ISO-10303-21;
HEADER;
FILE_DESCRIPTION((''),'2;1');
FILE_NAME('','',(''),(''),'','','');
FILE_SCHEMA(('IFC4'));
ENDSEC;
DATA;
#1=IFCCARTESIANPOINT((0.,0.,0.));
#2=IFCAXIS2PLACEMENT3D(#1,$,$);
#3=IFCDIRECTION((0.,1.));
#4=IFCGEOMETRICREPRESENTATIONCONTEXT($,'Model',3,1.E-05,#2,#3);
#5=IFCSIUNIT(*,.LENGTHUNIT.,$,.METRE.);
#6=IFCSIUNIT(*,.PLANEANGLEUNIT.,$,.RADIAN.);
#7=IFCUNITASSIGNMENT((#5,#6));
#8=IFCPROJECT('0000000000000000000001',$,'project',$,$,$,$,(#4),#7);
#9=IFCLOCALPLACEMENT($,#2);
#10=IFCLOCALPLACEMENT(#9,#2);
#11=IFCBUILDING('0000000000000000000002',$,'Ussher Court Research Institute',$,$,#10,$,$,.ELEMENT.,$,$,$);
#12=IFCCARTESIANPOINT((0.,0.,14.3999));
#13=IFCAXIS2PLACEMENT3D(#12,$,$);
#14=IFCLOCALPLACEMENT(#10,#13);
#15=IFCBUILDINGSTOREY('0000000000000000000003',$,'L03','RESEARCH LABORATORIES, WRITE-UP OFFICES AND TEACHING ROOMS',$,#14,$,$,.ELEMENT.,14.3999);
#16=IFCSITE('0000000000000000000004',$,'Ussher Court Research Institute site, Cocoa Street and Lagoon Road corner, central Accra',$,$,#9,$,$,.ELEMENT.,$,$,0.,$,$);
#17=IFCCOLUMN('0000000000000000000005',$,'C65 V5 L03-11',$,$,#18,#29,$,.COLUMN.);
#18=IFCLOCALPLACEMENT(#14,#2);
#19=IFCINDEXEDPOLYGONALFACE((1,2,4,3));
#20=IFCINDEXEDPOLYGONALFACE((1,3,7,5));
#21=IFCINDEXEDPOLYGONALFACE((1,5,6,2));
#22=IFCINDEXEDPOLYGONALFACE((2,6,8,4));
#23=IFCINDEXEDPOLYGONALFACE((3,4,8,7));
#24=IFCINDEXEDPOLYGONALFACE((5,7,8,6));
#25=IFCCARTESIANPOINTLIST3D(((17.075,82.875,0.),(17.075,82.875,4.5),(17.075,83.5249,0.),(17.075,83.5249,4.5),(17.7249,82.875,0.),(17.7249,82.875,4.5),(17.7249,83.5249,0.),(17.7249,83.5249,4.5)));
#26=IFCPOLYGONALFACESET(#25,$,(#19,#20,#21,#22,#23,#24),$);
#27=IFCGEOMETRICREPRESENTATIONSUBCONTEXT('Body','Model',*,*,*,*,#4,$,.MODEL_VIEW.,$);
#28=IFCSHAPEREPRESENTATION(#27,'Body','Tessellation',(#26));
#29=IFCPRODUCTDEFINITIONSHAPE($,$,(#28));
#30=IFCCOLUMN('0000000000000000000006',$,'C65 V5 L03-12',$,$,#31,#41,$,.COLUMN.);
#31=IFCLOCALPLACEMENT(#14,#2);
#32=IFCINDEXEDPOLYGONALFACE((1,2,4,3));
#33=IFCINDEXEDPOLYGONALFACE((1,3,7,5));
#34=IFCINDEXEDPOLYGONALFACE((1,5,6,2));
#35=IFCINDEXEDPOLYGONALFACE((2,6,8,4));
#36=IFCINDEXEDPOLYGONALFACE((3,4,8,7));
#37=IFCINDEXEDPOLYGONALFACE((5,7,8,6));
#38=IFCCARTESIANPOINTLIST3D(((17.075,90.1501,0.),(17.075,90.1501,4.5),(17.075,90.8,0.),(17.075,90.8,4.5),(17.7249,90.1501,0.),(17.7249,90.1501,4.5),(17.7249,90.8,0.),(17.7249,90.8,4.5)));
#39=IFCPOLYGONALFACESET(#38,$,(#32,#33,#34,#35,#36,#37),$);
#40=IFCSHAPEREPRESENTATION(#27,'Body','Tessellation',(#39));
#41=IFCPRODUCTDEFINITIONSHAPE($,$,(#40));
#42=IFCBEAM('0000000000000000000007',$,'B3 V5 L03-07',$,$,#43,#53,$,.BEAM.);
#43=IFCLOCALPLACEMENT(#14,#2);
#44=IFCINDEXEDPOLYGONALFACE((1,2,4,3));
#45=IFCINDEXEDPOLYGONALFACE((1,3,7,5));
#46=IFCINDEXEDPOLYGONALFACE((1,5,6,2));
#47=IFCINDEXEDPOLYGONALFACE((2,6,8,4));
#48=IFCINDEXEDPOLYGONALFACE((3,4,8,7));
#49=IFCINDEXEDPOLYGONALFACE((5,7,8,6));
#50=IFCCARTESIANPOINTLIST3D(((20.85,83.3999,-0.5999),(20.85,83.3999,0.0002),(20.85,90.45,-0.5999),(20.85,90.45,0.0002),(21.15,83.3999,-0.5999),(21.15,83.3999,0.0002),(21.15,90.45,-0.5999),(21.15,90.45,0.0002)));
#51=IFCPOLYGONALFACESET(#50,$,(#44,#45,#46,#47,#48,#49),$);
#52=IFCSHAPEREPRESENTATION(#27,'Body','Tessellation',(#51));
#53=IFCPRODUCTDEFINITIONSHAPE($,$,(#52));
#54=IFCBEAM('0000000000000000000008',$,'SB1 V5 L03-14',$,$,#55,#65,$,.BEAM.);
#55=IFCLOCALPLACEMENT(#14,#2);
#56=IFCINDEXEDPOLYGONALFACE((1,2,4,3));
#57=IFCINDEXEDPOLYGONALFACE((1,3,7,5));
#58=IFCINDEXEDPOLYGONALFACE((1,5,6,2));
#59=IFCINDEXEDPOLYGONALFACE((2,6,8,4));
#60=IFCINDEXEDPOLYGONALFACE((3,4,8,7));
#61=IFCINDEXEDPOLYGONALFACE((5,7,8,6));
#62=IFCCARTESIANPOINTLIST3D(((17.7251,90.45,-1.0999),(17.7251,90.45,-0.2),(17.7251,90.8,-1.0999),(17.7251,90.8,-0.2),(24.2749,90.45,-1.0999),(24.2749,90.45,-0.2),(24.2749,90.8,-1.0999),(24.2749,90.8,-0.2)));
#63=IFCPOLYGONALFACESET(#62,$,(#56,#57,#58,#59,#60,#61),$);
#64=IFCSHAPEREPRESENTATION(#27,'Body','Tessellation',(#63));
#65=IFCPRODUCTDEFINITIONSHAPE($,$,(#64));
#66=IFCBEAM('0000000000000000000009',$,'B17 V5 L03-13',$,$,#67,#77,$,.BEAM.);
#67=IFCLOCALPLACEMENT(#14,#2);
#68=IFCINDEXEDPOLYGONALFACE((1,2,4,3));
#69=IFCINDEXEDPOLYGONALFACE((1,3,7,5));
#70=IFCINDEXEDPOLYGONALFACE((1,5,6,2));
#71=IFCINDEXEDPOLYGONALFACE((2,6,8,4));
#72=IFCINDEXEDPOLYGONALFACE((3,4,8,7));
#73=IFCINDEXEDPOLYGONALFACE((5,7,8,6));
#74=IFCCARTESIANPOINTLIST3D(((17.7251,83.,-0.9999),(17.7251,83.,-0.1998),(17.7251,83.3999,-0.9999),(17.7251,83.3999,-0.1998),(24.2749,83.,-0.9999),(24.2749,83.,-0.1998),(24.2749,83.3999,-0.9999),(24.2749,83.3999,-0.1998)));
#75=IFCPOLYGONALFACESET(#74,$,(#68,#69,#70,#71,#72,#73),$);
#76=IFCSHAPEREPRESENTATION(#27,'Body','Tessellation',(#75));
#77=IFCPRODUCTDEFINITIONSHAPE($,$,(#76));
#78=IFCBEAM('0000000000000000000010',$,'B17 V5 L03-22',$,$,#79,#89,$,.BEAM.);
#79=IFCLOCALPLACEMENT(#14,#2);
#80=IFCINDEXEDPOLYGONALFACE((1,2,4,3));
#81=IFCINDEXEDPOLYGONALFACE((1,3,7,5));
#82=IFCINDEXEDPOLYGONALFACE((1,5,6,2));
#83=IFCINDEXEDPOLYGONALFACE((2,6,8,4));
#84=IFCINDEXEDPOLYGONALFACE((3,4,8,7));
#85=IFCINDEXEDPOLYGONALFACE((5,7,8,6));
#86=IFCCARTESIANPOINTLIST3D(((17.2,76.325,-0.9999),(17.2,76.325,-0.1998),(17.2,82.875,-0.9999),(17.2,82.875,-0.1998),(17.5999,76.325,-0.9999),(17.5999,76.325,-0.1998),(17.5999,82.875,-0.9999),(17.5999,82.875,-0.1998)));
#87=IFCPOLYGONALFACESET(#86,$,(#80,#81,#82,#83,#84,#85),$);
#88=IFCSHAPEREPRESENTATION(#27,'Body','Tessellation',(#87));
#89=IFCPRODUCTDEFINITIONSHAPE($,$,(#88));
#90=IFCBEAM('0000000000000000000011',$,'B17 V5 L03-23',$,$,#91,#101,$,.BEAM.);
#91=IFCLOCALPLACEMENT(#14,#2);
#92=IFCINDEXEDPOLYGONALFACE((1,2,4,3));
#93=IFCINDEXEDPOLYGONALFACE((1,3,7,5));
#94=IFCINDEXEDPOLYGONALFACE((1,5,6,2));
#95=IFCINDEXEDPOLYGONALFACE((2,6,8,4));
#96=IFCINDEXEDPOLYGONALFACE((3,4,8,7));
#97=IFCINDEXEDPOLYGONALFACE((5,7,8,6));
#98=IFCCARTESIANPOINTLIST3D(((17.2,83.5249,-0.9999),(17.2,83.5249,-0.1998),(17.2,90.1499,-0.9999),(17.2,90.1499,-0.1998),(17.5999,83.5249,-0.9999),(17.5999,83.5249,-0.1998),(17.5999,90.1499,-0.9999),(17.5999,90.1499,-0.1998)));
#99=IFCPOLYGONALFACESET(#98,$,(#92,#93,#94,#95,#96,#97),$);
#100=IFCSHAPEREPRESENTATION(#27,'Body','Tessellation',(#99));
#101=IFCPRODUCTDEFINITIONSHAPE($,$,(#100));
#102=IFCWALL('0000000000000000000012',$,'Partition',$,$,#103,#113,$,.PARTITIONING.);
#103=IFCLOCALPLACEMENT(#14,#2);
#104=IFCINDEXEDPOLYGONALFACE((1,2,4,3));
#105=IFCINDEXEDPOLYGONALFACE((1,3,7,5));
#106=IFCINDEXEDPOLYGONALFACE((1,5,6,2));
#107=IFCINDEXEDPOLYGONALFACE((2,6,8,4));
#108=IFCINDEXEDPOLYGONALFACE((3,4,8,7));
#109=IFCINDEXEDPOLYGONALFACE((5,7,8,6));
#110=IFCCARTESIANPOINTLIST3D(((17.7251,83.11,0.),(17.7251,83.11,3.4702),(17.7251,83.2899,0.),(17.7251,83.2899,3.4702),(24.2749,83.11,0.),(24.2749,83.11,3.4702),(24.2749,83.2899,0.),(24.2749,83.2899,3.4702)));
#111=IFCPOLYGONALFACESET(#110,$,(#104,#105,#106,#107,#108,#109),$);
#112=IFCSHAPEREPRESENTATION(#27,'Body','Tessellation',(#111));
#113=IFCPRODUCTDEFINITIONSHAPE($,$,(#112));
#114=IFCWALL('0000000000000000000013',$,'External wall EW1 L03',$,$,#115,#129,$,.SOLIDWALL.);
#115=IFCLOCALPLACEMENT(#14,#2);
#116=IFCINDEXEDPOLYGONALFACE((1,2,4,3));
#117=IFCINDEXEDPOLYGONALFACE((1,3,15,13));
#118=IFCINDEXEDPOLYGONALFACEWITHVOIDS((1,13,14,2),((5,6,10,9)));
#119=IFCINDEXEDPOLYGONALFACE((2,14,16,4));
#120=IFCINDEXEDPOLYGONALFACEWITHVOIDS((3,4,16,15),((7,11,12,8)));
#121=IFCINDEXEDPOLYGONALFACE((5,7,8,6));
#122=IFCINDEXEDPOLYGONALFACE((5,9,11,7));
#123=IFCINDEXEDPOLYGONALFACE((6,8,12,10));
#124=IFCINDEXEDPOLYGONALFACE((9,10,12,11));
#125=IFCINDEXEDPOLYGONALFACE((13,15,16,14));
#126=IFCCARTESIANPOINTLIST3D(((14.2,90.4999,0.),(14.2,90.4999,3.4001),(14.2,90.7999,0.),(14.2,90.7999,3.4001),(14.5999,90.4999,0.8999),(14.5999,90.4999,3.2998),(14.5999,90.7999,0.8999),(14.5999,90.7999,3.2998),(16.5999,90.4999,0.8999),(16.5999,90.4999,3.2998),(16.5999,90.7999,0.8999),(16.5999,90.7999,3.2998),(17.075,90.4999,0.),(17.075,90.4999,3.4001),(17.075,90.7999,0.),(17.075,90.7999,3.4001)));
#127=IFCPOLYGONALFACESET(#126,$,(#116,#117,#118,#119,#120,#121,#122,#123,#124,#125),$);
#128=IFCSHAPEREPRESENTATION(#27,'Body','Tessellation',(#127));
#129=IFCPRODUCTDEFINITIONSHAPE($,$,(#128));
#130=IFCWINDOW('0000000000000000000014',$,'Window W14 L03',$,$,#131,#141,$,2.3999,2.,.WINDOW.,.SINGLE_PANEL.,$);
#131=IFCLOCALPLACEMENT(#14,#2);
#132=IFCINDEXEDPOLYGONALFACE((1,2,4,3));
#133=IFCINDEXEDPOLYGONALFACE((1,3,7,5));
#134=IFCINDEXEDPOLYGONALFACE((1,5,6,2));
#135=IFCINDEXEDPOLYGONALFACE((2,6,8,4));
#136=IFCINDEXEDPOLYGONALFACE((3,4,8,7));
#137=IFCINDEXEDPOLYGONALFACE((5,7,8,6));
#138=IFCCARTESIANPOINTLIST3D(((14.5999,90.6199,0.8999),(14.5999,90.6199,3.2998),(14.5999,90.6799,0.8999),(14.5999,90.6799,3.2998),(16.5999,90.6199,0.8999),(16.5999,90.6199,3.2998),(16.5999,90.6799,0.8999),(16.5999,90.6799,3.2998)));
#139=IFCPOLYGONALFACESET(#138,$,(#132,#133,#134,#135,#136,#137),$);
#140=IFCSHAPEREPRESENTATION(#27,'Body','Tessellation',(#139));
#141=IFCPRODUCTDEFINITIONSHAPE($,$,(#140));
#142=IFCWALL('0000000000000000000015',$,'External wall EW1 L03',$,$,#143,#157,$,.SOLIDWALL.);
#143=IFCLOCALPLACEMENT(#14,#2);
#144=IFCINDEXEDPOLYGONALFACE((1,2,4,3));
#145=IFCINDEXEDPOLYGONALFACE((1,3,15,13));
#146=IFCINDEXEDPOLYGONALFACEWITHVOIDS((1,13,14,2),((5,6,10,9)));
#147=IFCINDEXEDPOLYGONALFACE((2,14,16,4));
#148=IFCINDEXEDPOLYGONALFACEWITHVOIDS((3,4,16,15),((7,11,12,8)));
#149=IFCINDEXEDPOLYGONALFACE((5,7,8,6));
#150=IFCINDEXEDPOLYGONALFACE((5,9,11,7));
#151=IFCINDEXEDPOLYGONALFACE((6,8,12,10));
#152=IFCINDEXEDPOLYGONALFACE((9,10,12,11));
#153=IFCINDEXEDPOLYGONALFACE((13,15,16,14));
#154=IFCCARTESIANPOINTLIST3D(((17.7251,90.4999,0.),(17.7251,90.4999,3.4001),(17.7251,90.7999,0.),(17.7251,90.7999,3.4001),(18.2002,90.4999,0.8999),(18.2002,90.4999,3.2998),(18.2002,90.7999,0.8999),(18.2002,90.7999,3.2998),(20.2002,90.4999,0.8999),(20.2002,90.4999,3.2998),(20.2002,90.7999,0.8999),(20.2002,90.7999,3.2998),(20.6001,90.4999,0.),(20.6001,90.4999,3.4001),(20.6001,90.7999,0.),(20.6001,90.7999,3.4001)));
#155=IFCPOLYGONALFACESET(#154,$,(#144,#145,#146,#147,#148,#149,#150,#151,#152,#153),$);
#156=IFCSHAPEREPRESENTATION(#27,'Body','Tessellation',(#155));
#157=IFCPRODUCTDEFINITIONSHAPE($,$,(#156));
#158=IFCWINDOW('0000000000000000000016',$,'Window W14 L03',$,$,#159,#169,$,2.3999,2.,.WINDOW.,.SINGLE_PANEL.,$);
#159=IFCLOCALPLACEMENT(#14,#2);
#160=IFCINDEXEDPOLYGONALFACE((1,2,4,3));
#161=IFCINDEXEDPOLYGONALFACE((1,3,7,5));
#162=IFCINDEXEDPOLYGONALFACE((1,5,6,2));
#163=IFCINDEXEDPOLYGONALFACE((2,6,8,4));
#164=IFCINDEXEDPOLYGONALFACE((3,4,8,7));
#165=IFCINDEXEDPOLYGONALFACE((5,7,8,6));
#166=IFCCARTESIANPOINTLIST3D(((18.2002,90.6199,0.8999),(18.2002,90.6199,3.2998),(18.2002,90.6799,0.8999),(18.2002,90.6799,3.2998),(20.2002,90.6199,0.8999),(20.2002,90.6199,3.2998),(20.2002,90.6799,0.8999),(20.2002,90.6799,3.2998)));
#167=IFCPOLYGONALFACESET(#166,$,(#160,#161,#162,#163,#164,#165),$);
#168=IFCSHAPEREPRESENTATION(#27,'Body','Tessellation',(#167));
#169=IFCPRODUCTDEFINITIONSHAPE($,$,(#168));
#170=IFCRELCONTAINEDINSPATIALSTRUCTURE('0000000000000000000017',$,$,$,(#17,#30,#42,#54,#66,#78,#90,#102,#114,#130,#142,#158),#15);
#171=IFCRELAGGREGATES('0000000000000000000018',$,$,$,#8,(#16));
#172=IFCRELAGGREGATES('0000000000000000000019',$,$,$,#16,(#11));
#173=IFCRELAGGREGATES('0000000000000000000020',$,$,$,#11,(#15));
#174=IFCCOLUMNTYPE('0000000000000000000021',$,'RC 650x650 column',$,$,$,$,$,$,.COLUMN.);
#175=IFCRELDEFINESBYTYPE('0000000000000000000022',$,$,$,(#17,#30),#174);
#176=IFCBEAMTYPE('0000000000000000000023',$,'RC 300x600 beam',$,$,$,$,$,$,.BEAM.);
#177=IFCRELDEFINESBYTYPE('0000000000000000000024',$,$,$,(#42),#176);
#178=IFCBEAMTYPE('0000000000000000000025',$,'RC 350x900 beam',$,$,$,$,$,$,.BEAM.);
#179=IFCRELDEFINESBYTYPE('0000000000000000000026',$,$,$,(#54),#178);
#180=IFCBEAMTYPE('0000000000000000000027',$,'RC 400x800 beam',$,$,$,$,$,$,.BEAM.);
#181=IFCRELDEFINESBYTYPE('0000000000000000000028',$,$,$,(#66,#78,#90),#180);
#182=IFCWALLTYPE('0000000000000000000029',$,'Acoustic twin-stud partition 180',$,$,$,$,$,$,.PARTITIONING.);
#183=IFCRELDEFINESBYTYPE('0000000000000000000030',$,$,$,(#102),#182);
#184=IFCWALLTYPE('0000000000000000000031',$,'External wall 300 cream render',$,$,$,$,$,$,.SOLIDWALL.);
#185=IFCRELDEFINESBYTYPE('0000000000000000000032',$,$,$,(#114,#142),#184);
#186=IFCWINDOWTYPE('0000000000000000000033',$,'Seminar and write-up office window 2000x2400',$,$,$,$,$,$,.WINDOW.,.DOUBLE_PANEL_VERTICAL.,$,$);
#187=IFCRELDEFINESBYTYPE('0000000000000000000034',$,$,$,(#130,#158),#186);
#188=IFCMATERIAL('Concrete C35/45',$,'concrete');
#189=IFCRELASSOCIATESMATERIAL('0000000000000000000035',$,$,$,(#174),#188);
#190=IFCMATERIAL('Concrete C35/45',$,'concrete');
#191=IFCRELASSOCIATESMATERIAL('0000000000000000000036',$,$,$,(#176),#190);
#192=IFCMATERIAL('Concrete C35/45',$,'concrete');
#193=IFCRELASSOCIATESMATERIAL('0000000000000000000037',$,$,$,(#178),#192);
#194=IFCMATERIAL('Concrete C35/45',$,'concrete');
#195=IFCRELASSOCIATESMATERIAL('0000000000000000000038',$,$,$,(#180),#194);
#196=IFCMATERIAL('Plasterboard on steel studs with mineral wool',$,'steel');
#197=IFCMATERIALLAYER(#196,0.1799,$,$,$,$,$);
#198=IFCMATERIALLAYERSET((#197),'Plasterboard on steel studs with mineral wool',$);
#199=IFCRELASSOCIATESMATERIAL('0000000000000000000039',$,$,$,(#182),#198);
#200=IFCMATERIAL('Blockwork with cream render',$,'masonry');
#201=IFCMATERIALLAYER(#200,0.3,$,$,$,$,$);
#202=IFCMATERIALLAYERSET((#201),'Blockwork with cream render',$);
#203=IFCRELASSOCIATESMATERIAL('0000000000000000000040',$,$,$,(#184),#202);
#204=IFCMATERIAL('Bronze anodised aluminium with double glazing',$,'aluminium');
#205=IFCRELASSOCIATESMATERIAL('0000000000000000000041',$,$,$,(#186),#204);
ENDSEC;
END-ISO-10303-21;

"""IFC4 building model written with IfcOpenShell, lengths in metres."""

from ifc_helpers import new_model, si_unit, direction, frame, frame_2d, origin, origin_2d, place, context, subcontext, project, spatial, rectangle, extrude, material, layer, layer_set, material_profile, profile_set, type_object, element, fill, save


model = new_model("IFC4")

# Units and contexts
model_context = context("Model", 3, precision=1e-05, world=origin(), true_north=direction((0.0, 1.0)))
body_context = subcontext(model_context, "Body", "Model", "MODEL_VIEW")
ifc_project = project(units=[si_unit("LENGTHUNIT", "METRE"), si_unit("PLANEANGLEUNIT", "RADIAN")], contexts=[model_context])

# Site, building, storey
site_placement = place(None, origin())
site = spatial("IfcSite", under=ifc_project, at=site_placement, Name="Ussher Court Research Institute site, Cocoa Street and Lagoon Road corner, central Accra", CompositionType="ELEMENT", RefElevation=0.0)
building_placement = place(site_placement, origin())
building = spatial("IfcBuilding", under=site, at=building_placement, Name="Ussher Court Research Institute", CompositionType="ELEMENT")
storey_placement = place(building_placement, frame((0.0, 0.0, 14.3999)))
storey = spatial("IfcBuildingStorey", under=building, at=storey_placement, Name="L03", Description="RESEARCH LABORATORIES, WRITE-UP OFFICES AND TEACHING ROOMS", CompositionType="ELEMENT", Elevation=14.3999)

# Columns
ifc_material_1 = material(Name="Concrete C35/45", Category="concrete")
ifc_material_profile_1 = material_profile(ifc_material_1, rectangle(XDim=0.6499, YDim=0.6499, at=origin_2d()), Name="RC 650x650")
ifc_profile_set_1 = profile_set([ifc_material_profile_1], Name="Concrete C35/45")
column_type = type_object("IfcColumnType", Name="RC 650x650 column", PredefinedType="COLUMN", material=ifc_profile_set_1)
for number, where, z_axis, x_axis, name in (
    (1, (17.3999, 83.2, 0.0), (0.0, 0.0, 1.0), (1.0, 0.0, 0.0), "C65 V5 L03-11"),
    (2, (17.3999, 90.4751, 0.0), (0.0, 0.0, 1.0), (1.0, 0.0, 0.0), "C65 V5 L03-12"),
):
    element("IfcColumn", number, at=place(storey_placement, frame(where, z_axis=z_axis, x_axis=x_axis)), inside=storey, type_object=column_type, Name=name, PredefinedType="COLUMN", context=body_context, shape_type="SweptSolid", body=[
        extrude(rectangle(XDim=0.6499, YDim=0.6499, at=origin_2d()), origin(), (0.0, 0.0, 1.0), 4.5),
    ])

# Beams
ifc_material_2 = material(Name="Concrete C35/45", Category="concrete")
ifc_material_profile_2 = material_profile(ifc_material_2, rectangle(XDim=0.3, YDim=0.6001, at=origin_2d()), Name="RC 300x600")
ifc_profile_set_2 = profile_set([ifc_material_profile_2], Name="Concrete C35/45")
beam_type_1 = type_object("IfcBeamType", Name="RC 300x600 beam", PredefinedType="BEAM", material=ifc_profile_set_2)
beam_1_placement = place(storey_placement, frame((21.0, 83.3999, -0.2998), z_axis=(0.0, 1.0, 0.0), x_axis=(-1.0, 0.0, 0.0)))
element("IfcBeam", 3, at=beam_1_placement, inside=storey, type_object=beam_type_1, Name="B3 V5 L03-07", PredefinedType="BEAM", context=body_context, shape_type="SweptSolid", body=[
    extrude(rectangle(XDim=0.3, YDim=0.6001, at=origin_2d()), origin(), (0.0, 0.0, 1.0), 7.05),
])
ifc_material_3 = material(Name="Concrete C35/45", Category="concrete")
ifc_material_profile_3 = material_profile(ifc_material_3, rectangle(XDim=0.3501, YDim=0.8999, at=origin_2d()), Name="RC 350x900")
ifc_profile_set_3 = profile_set([ifc_material_profile_3], Name="Concrete C35/45")
beam_type_2 = type_object("IfcBeamType", Name="RC 350x900 beam", PredefinedType="BEAM", material=ifc_profile_set_3)
beam_2_placement = place(storey_placement, frame((17.7251, 90.625, -0.6499), z_axis=(1.0, 0.0, 0.0), x_axis=(0.0, 1.0, 0.0)))
element("IfcBeam", 4, at=beam_2_placement, inside=storey, type_object=beam_type_2, Name="SB1 V5 L03-14", PredefinedType="BEAM", context=body_context, shape_type="SweptSolid", body=[
    extrude(rectangle(XDim=0.3501, YDim=0.8999, at=origin_2d()), origin(), (0.0, 0.0, 1.0), 6.5498),
])
ifc_material_4 = material(Name="Concrete C35/45", Category="concrete")
ifc_material_profile_4 = material_profile(ifc_material_4, rectangle(XDim=0.3999, YDim=0.8, at=origin_2d()), Name="RC 400x800")
ifc_profile_set_4 = profile_set([ifc_material_profile_4], Name="Concrete C35/45")
beam_type_3 = type_object("IfcBeamType", Name="RC 400x800 beam", PredefinedType="BEAM", material=ifc_profile_set_4)
beam_3_placement = place(storey_placement, frame((17.7251, 83.2, -0.5999), z_axis=(1.0, 0.0, 0.0), x_axis=(0.0, 1.0, 0.0)))
element("IfcBeam", 5, at=beam_3_placement, inside=storey, type_object=beam_type_3, Name="B17 V5 L03-13", PredefinedType="BEAM", context=body_context, shape_type="SweptSolid", body=[
    extrude(rectangle(XDim=0.3999, YDim=0.8, at=origin_2d()), origin(), (0.0, 0.0, 1.0), 6.5498),
])
beam_4_placement = place(storey_placement, frame((17.3999, 76.325, -0.5999), z_axis=(0.0, 1.0, 0.0), x_axis=(-1.0, 0.0, 0.0)))
element("IfcBeam", 6, at=beam_4_placement, inside=storey, type_object=beam_type_3, Name="B17 V5 L03-22", PredefinedType="BEAM", context=body_context, shape_type="SweptSolid", body=[
    extrude(rectangle(XDim=0.3999, YDim=0.8, at=origin_2d()), origin(), (0.0, 0.0, 1.0), 6.55),
])
beam_5_placement = place(storey_placement, frame((17.3999, 83.5249, -0.5999), z_axis=(0.0, 1.0, 0.0), x_axis=(-1.0, 0.0, 0.0)))
element("IfcBeam", 7, at=beam_5_placement, inside=storey, type_object=beam_type_3, Name="B17 V5 L03-23", PredefinedType="BEAM", context=body_context, shape_type="SweptSolid", body=[
    extrude(rectangle(XDim=0.3999, YDim=0.8, at=origin_2d()), origin(), (0.0, 0.0, 1.0), 6.625),
])

# Wall
ifc_material_5 = material(Name="Plasterboard on steel studs with mineral wool", Category="steel")
ifc_layer_1 = layer(ifc_material_5, 0.1799)
ifc_layer_set_1 = layer_set([ifc_layer_1], Name="Plasterboard on steel studs with mineral wool")
wall_type_1 = type_object("IfcWallType", Name="Acoustic twin-stud partition 180", PredefinedType="PARTITIONING", material=ifc_layer_set_1)
wall_1_placement = place(storey_placement, frame((17.7251, 83.2, 0.0), z_axis=(0.0, 0.0, 1.0), x_axis=(1.0, 0.0, 0.0)))
element("IfcWall", 8, at=wall_1_placement, inside=storey, type_object=wall_type_1, Name="Partition", PredefinedType="PARTITIONING", context=body_context, shape_type="SweptSolid", body=[
    extrude(rectangle(XDim=6.5498, YDim=0.1799, at=frame_2d((3.2749, 0.0))), origin(), (0.0, 0.0, 1.0), 3.4702),
])

# Walls, openings, windows
ifc_material_6 = material(Name="Blockwork with cream render", Category="masonry")
ifc_layer_2 = layer(ifc_material_6, 0.3)
ifc_layer_set_2 = layer_set([ifc_layer_2], Name="Blockwork with cream render")
wall_type_2 = type_object("IfcWallType", Name="External wall 300 cream render", PredefinedType="SOLIDWALL", material=ifc_layer_set_2)
wall_2_placement = place(storey_placement, frame((14.2, 90.6499, 0.0), z_axis=(0.0, 0.0, 1.0), x_axis=(1.0, 0.0, 0.0)))
wall_2 = element("IfcWall", 9, at=wall_2_placement, inside=storey, type_object=wall_type_2, Name="External wall EW1 L03", PredefinedType="SOLIDWALL", context=body_context, shape_type="SweptSolid", body=[
    extrude(rectangle(XDim=2.875, YDim=0.3, at=frame_2d((1.4375, 0.0))), origin(), (0.0, 0.0, 1.0), 3.4001),
])
opening_1_placement = place(wall_2_placement, frame((0.3999, 0.0, 0.8999)))
opening_1 = element("IfcOpeningElement", 10, at=opening_1_placement, cuts=wall_2, PredefinedType="OPENING", context=body_context, shape_type="SweptSolid", body=[
    extrude(rectangle(XDim=2.0, YDim=2.3999, at=frame_2d((1.0, 1.2))), frame((0.0, 0.1602, 0.0), z_axis=(0.0, -1.0, 0.0), x_axis=(1.0, 0.0, 0.0)), (0.0, 0.0, 1.0), 0.3201),
])
ifc_material_7 = material(Name="Bronze anodised aluminium with double glazing", Category="aluminium")
window_type = type_object("IfcWindowType", Name="Seminar and write-up office window 2000x2400", PartitioningType="DOUBLE_PANEL_VERTICAL", PredefinedType="WINDOW", material=ifc_material_7)
window_1_placement = place(opening_1_placement, origin())
window_1 = element("IfcWindow", 11, at=window_1_placement, inside=storey, type_object=window_type, Name="Window W14 L03", OverallHeight=2.3999, OverallWidth=2.0, PartitioningType="SINGLE_PANEL", PredefinedType="WINDOW", context=body_context, shape_type="SweptSolid", body=[
    extrude(rectangle(XDim=2.0, YDim=2.3999, at=frame_2d((1.0, 1.2))), frame((0.0, 0.03, 0.0), z_axis=(0.0, -1.0, 0.0), x_axis=(1.0, 0.0, 0.0)), (0.0, 0.0, 1.0), 0.0601),
])
fill(opening_1, window_1)
wall_3_placement = place(storey_placement, frame((17.7251, 90.6499, 0.0), z_axis=(0.0, 0.0, 1.0), x_axis=(1.0, 0.0, 0.0)))
wall_3 = element("IfcWall", 12, at=wall_3_placement, inside=storey, type_object=wall_type_2, Name="External wall EW1 L03", PredefinedType="SOLIDWALL", context=body_context, shape_type="SweptSolid", body=[
    extrude(rectangle(XDim=2.875, YDim=0.3, at=frame_2d((1.4375, 0.0))), origin(), (0.0, 0.0, 1.0), 3.4001),
])
opening_2_placement = place(wall_3_placement, frame((0.4751, 0.0, 0.8999)))
opening_2 = element("IfcOpeningElement", 13, at=opening_2_placement, cuts=wall_3, PredefinedType="OPENING", context=body_context, shape_type="SweptSolid", body=[
    extrude(rectangle(XDim=2.0, YDim=2.3999, at=frame_2d((1.0, 1.2))), frame((0.0, 0.1602, 0.0), z_axis=(0.0, -1.0, 0.0), x_axis=(1.0, 0.0, 0.0)), (0.0, 0.0, 1.0), 0.3201),
])
window_2_placement = place(opening_2_placement, origin())
window_2 = element("IfcWindow", 14, at=window_2_placement, inside=storey, type_object=window_type, Name="Window W14 L03", OverallHeight=2.3999, OverallWidth=2.0, PartitioningType="SINGLE_PANEL", PredefinedType="WINDOW", context=body_context, shape_type="SweptSolid", body=[
    extrude(rectangle(XDim=2.0, YDim=2.3999, at=frame_2d((1.0, 1.2))), frame((0.0, 0.03, 0.0), z_axis=(0.0, -1.0, 0.0), x_axis=(1.0, 0.0, 0.0)), (0.0, 0.0, 1.0), 0.0601),
])
fill(opening_2, window_2)

save(model, "model.ifc")
